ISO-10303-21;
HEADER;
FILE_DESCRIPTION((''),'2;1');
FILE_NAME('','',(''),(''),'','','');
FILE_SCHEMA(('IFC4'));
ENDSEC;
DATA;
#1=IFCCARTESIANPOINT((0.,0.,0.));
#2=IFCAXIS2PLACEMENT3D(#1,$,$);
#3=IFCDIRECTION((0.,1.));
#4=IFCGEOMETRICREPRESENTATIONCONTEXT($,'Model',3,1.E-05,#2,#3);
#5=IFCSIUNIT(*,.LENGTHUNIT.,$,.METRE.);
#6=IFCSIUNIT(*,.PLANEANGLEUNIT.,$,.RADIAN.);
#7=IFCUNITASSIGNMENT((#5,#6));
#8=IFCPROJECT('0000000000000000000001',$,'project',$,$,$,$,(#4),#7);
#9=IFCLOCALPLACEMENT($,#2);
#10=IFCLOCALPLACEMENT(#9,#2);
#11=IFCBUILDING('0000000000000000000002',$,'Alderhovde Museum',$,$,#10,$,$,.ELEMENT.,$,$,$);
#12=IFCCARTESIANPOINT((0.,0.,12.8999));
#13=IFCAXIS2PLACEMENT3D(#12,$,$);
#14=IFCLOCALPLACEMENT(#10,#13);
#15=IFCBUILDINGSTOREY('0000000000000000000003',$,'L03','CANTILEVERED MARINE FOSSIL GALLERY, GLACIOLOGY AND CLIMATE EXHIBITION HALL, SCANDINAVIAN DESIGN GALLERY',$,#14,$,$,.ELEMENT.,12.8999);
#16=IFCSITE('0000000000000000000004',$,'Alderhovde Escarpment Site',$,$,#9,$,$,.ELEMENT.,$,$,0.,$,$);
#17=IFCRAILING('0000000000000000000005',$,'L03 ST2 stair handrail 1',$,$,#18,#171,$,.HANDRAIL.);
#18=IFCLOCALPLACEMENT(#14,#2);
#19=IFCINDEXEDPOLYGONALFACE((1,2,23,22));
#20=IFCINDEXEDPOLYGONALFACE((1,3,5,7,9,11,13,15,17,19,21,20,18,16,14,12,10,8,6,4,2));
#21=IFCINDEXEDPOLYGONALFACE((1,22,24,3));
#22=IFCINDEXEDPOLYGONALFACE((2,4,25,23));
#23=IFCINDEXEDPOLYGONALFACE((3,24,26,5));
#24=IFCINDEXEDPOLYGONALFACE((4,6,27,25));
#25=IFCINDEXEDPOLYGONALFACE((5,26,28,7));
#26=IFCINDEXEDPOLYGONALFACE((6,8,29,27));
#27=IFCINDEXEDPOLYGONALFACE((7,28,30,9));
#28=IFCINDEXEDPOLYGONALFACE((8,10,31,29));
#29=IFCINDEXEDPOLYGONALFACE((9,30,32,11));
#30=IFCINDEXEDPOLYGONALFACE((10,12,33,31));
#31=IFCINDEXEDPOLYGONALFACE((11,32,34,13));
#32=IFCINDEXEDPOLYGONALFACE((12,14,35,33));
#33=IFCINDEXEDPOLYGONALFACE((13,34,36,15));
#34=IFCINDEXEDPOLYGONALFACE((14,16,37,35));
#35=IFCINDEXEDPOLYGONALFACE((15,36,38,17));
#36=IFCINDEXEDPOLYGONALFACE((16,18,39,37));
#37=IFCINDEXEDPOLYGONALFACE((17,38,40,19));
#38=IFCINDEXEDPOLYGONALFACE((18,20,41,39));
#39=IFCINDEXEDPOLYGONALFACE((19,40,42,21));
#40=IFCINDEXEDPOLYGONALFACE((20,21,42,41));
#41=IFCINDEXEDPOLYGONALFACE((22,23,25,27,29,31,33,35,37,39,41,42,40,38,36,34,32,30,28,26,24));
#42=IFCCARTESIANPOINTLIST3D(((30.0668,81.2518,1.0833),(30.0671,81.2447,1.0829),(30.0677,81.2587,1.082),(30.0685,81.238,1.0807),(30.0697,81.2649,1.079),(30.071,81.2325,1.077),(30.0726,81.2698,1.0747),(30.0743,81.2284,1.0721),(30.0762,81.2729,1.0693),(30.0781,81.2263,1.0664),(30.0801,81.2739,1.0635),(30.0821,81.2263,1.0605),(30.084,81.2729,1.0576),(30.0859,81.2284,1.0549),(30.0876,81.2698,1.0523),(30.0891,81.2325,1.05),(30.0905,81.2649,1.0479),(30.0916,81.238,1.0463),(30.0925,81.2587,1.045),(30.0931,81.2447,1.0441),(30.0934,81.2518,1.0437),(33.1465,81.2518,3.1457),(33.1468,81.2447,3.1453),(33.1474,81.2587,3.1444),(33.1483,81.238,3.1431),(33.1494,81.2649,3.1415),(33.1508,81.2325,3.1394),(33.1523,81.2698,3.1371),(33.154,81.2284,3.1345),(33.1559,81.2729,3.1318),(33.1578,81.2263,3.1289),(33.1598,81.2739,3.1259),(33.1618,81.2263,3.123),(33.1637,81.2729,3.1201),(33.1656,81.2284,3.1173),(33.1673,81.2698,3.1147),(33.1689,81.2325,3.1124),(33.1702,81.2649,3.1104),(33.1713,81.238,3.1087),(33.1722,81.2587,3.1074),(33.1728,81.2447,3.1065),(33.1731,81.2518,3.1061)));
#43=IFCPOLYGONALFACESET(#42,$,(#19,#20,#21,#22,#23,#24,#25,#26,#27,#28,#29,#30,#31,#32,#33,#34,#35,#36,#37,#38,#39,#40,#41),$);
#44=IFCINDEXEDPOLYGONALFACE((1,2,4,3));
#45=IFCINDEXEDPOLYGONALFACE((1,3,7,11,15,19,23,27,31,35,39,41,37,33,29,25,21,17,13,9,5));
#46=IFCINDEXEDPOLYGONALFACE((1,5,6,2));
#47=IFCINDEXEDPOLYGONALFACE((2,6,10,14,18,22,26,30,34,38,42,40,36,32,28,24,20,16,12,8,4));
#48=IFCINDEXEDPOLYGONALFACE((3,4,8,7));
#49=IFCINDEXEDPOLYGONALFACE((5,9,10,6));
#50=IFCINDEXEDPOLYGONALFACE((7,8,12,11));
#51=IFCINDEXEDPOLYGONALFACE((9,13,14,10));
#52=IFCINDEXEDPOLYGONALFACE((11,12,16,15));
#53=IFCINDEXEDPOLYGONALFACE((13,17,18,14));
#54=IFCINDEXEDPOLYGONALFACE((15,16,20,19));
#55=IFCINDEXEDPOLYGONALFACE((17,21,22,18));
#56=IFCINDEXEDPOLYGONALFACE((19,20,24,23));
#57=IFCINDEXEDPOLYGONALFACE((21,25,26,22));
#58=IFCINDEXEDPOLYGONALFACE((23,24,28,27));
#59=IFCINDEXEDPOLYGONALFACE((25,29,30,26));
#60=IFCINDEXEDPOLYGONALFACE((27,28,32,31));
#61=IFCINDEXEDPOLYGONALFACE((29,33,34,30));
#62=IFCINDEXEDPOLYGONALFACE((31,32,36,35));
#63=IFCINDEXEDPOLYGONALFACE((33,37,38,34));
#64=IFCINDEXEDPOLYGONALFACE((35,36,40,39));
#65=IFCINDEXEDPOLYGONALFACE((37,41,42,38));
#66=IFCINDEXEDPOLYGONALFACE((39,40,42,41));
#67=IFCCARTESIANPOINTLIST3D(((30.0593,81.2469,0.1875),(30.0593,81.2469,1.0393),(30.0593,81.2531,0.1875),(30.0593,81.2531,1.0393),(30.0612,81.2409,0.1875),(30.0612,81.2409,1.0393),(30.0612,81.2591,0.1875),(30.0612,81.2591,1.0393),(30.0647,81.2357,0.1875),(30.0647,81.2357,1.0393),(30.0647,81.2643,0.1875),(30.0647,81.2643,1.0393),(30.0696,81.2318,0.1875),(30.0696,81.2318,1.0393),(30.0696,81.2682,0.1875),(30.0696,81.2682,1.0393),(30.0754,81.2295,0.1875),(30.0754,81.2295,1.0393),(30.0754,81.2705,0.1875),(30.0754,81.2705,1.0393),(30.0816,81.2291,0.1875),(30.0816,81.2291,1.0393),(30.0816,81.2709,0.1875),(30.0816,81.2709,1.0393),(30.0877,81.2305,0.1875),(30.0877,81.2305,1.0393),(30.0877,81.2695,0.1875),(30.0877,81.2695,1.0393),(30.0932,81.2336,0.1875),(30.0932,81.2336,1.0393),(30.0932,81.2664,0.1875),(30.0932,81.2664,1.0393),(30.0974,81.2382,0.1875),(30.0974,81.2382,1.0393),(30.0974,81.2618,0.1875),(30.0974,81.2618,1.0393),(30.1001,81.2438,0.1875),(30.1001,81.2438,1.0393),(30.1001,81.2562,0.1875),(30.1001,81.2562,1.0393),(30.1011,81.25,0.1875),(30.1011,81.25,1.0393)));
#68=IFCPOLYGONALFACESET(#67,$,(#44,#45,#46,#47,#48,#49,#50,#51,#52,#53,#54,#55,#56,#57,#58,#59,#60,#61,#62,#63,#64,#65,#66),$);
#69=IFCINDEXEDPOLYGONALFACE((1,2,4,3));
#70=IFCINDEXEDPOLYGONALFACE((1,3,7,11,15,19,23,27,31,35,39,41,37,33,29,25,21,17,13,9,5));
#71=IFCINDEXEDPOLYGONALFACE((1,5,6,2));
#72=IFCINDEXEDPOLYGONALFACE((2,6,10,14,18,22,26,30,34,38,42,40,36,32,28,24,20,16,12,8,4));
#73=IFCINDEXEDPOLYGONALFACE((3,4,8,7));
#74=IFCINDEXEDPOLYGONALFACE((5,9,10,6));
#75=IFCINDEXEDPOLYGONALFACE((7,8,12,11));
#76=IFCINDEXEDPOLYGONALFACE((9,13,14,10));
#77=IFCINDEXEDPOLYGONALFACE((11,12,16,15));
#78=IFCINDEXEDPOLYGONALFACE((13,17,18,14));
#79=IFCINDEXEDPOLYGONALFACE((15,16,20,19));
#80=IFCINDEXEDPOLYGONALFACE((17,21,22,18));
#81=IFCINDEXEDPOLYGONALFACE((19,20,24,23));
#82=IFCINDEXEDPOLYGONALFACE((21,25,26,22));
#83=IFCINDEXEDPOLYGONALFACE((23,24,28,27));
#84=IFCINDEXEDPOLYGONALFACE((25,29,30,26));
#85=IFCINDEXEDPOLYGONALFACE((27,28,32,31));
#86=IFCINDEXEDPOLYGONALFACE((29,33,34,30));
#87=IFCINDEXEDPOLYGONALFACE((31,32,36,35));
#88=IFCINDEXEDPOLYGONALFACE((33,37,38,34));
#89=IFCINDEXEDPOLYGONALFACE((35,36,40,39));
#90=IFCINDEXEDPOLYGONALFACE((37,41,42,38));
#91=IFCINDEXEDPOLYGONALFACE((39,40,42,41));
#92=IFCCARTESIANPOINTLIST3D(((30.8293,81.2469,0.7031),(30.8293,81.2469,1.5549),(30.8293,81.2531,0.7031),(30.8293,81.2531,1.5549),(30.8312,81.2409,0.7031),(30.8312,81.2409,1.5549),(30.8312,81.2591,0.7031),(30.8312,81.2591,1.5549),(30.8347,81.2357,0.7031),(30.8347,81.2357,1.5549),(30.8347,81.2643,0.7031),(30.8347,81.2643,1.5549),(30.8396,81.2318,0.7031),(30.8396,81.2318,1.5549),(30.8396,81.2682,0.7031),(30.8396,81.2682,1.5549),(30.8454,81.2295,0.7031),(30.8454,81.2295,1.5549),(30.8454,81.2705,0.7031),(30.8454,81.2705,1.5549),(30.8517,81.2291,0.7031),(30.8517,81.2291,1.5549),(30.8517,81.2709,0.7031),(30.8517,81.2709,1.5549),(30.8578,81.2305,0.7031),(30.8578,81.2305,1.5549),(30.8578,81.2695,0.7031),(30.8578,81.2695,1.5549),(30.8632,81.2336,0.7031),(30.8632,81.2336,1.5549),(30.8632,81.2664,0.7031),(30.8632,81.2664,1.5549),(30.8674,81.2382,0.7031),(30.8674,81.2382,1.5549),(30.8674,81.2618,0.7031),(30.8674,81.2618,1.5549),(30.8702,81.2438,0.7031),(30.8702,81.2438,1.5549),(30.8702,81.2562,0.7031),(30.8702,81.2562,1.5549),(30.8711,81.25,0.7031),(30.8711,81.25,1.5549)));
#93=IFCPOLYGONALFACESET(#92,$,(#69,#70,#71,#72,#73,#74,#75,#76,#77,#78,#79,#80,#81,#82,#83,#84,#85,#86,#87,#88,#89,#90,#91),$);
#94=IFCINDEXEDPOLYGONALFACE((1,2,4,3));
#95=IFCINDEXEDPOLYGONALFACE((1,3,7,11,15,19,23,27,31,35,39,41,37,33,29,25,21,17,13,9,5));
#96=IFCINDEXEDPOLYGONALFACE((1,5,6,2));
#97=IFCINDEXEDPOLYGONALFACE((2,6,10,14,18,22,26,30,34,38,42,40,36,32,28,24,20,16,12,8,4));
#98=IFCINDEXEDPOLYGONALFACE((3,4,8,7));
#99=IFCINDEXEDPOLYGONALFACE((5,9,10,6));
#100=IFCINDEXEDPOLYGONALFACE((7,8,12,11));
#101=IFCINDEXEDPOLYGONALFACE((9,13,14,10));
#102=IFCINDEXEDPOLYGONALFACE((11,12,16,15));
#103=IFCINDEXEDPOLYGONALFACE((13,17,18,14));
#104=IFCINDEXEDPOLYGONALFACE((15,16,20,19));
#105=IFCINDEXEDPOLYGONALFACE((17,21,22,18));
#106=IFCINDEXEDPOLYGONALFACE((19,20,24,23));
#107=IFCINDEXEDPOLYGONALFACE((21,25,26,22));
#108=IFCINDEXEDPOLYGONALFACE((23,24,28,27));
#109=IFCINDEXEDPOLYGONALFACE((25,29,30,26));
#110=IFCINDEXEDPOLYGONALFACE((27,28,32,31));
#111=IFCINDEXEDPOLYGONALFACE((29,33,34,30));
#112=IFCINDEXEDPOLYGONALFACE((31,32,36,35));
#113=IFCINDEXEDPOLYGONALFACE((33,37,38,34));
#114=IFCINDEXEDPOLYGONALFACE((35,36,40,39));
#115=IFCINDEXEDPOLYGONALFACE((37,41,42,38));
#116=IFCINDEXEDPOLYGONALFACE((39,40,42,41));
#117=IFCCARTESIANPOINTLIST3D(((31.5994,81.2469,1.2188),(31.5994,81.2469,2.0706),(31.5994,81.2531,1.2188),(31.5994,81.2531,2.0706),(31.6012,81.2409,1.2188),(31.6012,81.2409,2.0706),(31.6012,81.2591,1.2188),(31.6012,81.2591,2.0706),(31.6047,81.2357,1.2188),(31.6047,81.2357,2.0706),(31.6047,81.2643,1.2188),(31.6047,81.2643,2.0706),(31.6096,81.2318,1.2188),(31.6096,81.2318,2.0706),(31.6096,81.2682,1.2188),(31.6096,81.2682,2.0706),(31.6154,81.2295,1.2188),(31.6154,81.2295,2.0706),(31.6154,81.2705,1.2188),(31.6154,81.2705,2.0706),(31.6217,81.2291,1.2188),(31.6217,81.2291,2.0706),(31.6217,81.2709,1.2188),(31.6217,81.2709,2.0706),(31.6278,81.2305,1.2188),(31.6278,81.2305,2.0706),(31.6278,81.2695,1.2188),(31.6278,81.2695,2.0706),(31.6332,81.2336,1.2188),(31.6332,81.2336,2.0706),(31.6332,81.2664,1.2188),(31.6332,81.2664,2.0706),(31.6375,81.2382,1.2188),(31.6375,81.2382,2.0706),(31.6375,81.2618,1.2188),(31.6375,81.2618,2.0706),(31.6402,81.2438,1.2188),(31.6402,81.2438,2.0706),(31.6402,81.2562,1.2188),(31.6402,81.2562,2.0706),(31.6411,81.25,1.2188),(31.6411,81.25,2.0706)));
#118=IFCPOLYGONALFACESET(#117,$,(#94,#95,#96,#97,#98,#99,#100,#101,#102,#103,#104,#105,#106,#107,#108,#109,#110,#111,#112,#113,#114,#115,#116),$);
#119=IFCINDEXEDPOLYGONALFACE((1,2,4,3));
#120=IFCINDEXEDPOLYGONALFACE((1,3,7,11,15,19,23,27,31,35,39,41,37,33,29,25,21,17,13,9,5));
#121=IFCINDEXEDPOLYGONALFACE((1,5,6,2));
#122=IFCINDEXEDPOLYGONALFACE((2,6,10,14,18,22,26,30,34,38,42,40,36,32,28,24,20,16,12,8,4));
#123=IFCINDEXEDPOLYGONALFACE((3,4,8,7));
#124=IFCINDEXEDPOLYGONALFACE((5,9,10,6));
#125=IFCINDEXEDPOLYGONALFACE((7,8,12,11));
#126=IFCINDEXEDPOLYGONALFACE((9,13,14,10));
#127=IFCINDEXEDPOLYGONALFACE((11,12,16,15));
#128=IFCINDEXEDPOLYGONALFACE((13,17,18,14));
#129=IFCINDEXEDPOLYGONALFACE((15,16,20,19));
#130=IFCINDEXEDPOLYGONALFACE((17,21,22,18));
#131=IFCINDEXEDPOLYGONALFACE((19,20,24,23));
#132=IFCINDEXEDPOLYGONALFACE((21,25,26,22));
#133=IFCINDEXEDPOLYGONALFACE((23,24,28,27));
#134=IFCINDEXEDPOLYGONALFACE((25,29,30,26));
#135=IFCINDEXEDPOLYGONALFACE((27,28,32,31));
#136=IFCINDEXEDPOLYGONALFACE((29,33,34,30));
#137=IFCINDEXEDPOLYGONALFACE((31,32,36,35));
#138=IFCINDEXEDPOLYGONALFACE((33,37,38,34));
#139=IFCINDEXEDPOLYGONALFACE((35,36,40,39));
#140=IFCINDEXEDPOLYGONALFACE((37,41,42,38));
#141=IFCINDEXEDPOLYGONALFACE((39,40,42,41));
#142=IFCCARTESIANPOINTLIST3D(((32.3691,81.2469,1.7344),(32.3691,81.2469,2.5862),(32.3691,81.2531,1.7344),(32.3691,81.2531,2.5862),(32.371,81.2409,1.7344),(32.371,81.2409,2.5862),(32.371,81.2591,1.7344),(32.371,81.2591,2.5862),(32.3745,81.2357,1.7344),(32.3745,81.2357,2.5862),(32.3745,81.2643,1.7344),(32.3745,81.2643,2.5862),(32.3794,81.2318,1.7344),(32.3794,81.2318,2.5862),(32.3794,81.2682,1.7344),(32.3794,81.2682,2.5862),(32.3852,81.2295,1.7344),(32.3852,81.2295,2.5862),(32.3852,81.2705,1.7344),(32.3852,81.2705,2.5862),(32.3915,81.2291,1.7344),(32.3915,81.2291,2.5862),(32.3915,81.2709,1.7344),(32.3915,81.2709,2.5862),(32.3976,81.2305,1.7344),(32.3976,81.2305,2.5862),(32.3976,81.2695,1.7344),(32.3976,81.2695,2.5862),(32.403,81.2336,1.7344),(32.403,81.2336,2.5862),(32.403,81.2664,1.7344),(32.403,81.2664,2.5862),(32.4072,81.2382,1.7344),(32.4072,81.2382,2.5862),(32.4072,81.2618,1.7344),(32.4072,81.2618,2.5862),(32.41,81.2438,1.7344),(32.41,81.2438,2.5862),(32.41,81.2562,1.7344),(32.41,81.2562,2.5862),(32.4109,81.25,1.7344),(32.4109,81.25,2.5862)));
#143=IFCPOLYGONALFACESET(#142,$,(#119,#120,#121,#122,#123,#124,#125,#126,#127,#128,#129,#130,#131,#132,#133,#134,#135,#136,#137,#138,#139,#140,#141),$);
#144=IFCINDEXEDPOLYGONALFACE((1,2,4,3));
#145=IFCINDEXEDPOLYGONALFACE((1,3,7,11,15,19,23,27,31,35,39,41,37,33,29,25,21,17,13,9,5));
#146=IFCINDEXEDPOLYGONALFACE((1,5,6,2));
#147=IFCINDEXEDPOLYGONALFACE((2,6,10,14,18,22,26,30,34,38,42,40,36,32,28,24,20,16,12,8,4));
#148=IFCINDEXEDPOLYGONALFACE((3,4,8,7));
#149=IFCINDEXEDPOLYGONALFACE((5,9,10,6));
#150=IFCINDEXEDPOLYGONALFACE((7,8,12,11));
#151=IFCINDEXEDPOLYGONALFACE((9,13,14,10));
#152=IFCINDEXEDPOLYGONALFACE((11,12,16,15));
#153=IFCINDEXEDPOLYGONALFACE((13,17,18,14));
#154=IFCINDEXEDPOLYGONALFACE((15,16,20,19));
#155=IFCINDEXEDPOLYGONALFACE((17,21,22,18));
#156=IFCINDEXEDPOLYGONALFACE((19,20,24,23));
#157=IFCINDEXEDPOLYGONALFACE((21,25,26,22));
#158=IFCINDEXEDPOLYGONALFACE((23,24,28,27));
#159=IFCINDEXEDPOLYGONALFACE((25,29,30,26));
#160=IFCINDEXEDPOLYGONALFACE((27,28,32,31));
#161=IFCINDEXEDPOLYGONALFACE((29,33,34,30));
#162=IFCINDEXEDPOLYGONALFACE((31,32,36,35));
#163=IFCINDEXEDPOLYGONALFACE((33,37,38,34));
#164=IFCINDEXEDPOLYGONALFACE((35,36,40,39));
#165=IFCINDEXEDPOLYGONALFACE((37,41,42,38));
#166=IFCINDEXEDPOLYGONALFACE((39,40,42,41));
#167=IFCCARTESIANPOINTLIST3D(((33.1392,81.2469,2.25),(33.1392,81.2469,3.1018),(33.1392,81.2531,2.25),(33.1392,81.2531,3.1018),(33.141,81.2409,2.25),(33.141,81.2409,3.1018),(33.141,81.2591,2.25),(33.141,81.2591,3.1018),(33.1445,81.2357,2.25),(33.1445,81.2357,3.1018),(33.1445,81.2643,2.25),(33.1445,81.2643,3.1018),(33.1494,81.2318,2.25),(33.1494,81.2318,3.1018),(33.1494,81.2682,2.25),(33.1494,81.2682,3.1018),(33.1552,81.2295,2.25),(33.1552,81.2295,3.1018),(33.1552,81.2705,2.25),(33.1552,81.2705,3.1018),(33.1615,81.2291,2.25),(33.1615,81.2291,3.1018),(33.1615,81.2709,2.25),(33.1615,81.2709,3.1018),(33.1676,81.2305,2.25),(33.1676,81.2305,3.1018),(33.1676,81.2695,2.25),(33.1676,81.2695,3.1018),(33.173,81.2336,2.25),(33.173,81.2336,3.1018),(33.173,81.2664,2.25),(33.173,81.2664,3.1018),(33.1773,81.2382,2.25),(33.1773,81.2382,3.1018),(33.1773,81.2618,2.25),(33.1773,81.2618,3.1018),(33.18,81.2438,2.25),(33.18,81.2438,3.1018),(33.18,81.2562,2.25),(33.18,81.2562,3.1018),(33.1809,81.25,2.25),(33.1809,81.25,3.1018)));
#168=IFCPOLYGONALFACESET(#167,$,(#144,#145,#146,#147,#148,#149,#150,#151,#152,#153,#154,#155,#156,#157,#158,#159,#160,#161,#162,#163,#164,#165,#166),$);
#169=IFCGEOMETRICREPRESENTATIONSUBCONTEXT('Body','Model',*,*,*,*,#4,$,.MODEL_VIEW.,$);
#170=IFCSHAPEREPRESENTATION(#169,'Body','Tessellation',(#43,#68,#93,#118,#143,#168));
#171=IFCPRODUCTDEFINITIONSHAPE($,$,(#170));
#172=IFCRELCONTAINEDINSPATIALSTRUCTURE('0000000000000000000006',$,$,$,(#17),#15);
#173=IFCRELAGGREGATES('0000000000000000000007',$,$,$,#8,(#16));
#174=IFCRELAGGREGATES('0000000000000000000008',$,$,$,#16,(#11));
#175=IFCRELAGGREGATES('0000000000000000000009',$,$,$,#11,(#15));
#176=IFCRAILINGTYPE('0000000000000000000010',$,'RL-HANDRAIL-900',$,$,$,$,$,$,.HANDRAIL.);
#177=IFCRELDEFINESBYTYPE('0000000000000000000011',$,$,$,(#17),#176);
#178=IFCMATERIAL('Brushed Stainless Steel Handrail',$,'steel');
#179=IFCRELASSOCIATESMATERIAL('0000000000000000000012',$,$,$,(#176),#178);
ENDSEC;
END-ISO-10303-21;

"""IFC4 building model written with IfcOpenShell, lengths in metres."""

from ifc_helpers import new_model, si_unit, direction, frame, origin, origin_2d, place, context, subcontext, project, spatial, circle, extrude, material, type_object, element, save


model = new_model("IFC4")

# Units and contexts
model_context = context("Model", 3, precision=1e-05, world=origin(), true_north=direction((0.0, 1.0)))
body_context = subcontext(model_context, "Body", "Model", "MODEL_VIEW")
ifc_project = project(units=[si_unit("LENGTHUNIT", "METRE"), si_unit("PLANEANGLEUNIT", "RADIAN")], contexts=[model_context])

# Site, building, storey
site_placement = place(None, origin())
site = spatial("IfcSite", under=ifc_project, at=site_placement, Name="Alderhovde Escarpment Site", CompositionType="ELEMENT", RefElevation=0.0)
building_placement = place(site_placement, origin())
building = spatial("IfcBuilding", under=site, at=building_placement, Name="Alderhovde Museum", CompositionType="ELEMENT")
storey_placement = place(building_placement, frame((0.0, 0.0, 12.8999)))
storey = spatial("IfcBuildingStorey", under=building, at=storey_placement, Name="L03", Description="CANTILEVERED MARINE FOSSIL GALLERY, GLACIOLOGY AND CLIMATE EXHIBITION HALL, SCANDINAVIAN DESIGN GALLERY", CompositionType="ELEMENT", Elevation=12.8999)

# Railing
ifc_material_1 = material(Name="Brushed Stainless Steel Handrail", Category="steel")
railing_type_1 = type_object("IfcRailingType", Name="RL-HANDRAIL-900", PredefinedType="HANDRAIL", material=ifc_material_1)
railing_1_placement = place(storey_placement, frame((30.0801, 81.25, 0.1875)))
element("IfcRailing", 1, at=railing_1_placement, inside=storey, type_object=railing_type_1, Name="L03 ST2 stair handrail 1", PredefinedType="HANDRAIL", context=body_context, shape_type="SweptSolid", body=[
    extrude(circle(Radius=0.0239, at=origin_2d()), frame((0.0, 0.0, 0.876), z_axis=(0.830893, 0.0, 0.556432), x_axis=(0.0, 1.0, 0.0)), (0.0, 0.0, 1.0), 3.7065),
    extrude(circle(Radius=0.021, at=origin_2d()), origin(), (0.0, 0.0, 1.0), 0.8518),
    extrude(circle(Radius=0.021, at=origin_2d()), frame((0.77, 0.0, 0.5156)), (0.0, 0.0, 1.0), 0.8518),
    extrude(circle(Radius=0.021, at=origin_2d()), frame((1.54, 0.0, 1.0312)), (0.0, 0.0, 1.0), 0.8518),
    extrude(circle(Radius=0.021, at=origin_2d()), frame((2.3098, 0.0, 1.5469)), (0.0, 0.0, 1.0), 0.8518),
    extrude(circle(Radius=0.021, at=origin_2d()), frame((3.0798, 0.0, 2.0625)), (0.0, 0.0, 1.0), 0.8518),
])

save(model, "model.ifc")
